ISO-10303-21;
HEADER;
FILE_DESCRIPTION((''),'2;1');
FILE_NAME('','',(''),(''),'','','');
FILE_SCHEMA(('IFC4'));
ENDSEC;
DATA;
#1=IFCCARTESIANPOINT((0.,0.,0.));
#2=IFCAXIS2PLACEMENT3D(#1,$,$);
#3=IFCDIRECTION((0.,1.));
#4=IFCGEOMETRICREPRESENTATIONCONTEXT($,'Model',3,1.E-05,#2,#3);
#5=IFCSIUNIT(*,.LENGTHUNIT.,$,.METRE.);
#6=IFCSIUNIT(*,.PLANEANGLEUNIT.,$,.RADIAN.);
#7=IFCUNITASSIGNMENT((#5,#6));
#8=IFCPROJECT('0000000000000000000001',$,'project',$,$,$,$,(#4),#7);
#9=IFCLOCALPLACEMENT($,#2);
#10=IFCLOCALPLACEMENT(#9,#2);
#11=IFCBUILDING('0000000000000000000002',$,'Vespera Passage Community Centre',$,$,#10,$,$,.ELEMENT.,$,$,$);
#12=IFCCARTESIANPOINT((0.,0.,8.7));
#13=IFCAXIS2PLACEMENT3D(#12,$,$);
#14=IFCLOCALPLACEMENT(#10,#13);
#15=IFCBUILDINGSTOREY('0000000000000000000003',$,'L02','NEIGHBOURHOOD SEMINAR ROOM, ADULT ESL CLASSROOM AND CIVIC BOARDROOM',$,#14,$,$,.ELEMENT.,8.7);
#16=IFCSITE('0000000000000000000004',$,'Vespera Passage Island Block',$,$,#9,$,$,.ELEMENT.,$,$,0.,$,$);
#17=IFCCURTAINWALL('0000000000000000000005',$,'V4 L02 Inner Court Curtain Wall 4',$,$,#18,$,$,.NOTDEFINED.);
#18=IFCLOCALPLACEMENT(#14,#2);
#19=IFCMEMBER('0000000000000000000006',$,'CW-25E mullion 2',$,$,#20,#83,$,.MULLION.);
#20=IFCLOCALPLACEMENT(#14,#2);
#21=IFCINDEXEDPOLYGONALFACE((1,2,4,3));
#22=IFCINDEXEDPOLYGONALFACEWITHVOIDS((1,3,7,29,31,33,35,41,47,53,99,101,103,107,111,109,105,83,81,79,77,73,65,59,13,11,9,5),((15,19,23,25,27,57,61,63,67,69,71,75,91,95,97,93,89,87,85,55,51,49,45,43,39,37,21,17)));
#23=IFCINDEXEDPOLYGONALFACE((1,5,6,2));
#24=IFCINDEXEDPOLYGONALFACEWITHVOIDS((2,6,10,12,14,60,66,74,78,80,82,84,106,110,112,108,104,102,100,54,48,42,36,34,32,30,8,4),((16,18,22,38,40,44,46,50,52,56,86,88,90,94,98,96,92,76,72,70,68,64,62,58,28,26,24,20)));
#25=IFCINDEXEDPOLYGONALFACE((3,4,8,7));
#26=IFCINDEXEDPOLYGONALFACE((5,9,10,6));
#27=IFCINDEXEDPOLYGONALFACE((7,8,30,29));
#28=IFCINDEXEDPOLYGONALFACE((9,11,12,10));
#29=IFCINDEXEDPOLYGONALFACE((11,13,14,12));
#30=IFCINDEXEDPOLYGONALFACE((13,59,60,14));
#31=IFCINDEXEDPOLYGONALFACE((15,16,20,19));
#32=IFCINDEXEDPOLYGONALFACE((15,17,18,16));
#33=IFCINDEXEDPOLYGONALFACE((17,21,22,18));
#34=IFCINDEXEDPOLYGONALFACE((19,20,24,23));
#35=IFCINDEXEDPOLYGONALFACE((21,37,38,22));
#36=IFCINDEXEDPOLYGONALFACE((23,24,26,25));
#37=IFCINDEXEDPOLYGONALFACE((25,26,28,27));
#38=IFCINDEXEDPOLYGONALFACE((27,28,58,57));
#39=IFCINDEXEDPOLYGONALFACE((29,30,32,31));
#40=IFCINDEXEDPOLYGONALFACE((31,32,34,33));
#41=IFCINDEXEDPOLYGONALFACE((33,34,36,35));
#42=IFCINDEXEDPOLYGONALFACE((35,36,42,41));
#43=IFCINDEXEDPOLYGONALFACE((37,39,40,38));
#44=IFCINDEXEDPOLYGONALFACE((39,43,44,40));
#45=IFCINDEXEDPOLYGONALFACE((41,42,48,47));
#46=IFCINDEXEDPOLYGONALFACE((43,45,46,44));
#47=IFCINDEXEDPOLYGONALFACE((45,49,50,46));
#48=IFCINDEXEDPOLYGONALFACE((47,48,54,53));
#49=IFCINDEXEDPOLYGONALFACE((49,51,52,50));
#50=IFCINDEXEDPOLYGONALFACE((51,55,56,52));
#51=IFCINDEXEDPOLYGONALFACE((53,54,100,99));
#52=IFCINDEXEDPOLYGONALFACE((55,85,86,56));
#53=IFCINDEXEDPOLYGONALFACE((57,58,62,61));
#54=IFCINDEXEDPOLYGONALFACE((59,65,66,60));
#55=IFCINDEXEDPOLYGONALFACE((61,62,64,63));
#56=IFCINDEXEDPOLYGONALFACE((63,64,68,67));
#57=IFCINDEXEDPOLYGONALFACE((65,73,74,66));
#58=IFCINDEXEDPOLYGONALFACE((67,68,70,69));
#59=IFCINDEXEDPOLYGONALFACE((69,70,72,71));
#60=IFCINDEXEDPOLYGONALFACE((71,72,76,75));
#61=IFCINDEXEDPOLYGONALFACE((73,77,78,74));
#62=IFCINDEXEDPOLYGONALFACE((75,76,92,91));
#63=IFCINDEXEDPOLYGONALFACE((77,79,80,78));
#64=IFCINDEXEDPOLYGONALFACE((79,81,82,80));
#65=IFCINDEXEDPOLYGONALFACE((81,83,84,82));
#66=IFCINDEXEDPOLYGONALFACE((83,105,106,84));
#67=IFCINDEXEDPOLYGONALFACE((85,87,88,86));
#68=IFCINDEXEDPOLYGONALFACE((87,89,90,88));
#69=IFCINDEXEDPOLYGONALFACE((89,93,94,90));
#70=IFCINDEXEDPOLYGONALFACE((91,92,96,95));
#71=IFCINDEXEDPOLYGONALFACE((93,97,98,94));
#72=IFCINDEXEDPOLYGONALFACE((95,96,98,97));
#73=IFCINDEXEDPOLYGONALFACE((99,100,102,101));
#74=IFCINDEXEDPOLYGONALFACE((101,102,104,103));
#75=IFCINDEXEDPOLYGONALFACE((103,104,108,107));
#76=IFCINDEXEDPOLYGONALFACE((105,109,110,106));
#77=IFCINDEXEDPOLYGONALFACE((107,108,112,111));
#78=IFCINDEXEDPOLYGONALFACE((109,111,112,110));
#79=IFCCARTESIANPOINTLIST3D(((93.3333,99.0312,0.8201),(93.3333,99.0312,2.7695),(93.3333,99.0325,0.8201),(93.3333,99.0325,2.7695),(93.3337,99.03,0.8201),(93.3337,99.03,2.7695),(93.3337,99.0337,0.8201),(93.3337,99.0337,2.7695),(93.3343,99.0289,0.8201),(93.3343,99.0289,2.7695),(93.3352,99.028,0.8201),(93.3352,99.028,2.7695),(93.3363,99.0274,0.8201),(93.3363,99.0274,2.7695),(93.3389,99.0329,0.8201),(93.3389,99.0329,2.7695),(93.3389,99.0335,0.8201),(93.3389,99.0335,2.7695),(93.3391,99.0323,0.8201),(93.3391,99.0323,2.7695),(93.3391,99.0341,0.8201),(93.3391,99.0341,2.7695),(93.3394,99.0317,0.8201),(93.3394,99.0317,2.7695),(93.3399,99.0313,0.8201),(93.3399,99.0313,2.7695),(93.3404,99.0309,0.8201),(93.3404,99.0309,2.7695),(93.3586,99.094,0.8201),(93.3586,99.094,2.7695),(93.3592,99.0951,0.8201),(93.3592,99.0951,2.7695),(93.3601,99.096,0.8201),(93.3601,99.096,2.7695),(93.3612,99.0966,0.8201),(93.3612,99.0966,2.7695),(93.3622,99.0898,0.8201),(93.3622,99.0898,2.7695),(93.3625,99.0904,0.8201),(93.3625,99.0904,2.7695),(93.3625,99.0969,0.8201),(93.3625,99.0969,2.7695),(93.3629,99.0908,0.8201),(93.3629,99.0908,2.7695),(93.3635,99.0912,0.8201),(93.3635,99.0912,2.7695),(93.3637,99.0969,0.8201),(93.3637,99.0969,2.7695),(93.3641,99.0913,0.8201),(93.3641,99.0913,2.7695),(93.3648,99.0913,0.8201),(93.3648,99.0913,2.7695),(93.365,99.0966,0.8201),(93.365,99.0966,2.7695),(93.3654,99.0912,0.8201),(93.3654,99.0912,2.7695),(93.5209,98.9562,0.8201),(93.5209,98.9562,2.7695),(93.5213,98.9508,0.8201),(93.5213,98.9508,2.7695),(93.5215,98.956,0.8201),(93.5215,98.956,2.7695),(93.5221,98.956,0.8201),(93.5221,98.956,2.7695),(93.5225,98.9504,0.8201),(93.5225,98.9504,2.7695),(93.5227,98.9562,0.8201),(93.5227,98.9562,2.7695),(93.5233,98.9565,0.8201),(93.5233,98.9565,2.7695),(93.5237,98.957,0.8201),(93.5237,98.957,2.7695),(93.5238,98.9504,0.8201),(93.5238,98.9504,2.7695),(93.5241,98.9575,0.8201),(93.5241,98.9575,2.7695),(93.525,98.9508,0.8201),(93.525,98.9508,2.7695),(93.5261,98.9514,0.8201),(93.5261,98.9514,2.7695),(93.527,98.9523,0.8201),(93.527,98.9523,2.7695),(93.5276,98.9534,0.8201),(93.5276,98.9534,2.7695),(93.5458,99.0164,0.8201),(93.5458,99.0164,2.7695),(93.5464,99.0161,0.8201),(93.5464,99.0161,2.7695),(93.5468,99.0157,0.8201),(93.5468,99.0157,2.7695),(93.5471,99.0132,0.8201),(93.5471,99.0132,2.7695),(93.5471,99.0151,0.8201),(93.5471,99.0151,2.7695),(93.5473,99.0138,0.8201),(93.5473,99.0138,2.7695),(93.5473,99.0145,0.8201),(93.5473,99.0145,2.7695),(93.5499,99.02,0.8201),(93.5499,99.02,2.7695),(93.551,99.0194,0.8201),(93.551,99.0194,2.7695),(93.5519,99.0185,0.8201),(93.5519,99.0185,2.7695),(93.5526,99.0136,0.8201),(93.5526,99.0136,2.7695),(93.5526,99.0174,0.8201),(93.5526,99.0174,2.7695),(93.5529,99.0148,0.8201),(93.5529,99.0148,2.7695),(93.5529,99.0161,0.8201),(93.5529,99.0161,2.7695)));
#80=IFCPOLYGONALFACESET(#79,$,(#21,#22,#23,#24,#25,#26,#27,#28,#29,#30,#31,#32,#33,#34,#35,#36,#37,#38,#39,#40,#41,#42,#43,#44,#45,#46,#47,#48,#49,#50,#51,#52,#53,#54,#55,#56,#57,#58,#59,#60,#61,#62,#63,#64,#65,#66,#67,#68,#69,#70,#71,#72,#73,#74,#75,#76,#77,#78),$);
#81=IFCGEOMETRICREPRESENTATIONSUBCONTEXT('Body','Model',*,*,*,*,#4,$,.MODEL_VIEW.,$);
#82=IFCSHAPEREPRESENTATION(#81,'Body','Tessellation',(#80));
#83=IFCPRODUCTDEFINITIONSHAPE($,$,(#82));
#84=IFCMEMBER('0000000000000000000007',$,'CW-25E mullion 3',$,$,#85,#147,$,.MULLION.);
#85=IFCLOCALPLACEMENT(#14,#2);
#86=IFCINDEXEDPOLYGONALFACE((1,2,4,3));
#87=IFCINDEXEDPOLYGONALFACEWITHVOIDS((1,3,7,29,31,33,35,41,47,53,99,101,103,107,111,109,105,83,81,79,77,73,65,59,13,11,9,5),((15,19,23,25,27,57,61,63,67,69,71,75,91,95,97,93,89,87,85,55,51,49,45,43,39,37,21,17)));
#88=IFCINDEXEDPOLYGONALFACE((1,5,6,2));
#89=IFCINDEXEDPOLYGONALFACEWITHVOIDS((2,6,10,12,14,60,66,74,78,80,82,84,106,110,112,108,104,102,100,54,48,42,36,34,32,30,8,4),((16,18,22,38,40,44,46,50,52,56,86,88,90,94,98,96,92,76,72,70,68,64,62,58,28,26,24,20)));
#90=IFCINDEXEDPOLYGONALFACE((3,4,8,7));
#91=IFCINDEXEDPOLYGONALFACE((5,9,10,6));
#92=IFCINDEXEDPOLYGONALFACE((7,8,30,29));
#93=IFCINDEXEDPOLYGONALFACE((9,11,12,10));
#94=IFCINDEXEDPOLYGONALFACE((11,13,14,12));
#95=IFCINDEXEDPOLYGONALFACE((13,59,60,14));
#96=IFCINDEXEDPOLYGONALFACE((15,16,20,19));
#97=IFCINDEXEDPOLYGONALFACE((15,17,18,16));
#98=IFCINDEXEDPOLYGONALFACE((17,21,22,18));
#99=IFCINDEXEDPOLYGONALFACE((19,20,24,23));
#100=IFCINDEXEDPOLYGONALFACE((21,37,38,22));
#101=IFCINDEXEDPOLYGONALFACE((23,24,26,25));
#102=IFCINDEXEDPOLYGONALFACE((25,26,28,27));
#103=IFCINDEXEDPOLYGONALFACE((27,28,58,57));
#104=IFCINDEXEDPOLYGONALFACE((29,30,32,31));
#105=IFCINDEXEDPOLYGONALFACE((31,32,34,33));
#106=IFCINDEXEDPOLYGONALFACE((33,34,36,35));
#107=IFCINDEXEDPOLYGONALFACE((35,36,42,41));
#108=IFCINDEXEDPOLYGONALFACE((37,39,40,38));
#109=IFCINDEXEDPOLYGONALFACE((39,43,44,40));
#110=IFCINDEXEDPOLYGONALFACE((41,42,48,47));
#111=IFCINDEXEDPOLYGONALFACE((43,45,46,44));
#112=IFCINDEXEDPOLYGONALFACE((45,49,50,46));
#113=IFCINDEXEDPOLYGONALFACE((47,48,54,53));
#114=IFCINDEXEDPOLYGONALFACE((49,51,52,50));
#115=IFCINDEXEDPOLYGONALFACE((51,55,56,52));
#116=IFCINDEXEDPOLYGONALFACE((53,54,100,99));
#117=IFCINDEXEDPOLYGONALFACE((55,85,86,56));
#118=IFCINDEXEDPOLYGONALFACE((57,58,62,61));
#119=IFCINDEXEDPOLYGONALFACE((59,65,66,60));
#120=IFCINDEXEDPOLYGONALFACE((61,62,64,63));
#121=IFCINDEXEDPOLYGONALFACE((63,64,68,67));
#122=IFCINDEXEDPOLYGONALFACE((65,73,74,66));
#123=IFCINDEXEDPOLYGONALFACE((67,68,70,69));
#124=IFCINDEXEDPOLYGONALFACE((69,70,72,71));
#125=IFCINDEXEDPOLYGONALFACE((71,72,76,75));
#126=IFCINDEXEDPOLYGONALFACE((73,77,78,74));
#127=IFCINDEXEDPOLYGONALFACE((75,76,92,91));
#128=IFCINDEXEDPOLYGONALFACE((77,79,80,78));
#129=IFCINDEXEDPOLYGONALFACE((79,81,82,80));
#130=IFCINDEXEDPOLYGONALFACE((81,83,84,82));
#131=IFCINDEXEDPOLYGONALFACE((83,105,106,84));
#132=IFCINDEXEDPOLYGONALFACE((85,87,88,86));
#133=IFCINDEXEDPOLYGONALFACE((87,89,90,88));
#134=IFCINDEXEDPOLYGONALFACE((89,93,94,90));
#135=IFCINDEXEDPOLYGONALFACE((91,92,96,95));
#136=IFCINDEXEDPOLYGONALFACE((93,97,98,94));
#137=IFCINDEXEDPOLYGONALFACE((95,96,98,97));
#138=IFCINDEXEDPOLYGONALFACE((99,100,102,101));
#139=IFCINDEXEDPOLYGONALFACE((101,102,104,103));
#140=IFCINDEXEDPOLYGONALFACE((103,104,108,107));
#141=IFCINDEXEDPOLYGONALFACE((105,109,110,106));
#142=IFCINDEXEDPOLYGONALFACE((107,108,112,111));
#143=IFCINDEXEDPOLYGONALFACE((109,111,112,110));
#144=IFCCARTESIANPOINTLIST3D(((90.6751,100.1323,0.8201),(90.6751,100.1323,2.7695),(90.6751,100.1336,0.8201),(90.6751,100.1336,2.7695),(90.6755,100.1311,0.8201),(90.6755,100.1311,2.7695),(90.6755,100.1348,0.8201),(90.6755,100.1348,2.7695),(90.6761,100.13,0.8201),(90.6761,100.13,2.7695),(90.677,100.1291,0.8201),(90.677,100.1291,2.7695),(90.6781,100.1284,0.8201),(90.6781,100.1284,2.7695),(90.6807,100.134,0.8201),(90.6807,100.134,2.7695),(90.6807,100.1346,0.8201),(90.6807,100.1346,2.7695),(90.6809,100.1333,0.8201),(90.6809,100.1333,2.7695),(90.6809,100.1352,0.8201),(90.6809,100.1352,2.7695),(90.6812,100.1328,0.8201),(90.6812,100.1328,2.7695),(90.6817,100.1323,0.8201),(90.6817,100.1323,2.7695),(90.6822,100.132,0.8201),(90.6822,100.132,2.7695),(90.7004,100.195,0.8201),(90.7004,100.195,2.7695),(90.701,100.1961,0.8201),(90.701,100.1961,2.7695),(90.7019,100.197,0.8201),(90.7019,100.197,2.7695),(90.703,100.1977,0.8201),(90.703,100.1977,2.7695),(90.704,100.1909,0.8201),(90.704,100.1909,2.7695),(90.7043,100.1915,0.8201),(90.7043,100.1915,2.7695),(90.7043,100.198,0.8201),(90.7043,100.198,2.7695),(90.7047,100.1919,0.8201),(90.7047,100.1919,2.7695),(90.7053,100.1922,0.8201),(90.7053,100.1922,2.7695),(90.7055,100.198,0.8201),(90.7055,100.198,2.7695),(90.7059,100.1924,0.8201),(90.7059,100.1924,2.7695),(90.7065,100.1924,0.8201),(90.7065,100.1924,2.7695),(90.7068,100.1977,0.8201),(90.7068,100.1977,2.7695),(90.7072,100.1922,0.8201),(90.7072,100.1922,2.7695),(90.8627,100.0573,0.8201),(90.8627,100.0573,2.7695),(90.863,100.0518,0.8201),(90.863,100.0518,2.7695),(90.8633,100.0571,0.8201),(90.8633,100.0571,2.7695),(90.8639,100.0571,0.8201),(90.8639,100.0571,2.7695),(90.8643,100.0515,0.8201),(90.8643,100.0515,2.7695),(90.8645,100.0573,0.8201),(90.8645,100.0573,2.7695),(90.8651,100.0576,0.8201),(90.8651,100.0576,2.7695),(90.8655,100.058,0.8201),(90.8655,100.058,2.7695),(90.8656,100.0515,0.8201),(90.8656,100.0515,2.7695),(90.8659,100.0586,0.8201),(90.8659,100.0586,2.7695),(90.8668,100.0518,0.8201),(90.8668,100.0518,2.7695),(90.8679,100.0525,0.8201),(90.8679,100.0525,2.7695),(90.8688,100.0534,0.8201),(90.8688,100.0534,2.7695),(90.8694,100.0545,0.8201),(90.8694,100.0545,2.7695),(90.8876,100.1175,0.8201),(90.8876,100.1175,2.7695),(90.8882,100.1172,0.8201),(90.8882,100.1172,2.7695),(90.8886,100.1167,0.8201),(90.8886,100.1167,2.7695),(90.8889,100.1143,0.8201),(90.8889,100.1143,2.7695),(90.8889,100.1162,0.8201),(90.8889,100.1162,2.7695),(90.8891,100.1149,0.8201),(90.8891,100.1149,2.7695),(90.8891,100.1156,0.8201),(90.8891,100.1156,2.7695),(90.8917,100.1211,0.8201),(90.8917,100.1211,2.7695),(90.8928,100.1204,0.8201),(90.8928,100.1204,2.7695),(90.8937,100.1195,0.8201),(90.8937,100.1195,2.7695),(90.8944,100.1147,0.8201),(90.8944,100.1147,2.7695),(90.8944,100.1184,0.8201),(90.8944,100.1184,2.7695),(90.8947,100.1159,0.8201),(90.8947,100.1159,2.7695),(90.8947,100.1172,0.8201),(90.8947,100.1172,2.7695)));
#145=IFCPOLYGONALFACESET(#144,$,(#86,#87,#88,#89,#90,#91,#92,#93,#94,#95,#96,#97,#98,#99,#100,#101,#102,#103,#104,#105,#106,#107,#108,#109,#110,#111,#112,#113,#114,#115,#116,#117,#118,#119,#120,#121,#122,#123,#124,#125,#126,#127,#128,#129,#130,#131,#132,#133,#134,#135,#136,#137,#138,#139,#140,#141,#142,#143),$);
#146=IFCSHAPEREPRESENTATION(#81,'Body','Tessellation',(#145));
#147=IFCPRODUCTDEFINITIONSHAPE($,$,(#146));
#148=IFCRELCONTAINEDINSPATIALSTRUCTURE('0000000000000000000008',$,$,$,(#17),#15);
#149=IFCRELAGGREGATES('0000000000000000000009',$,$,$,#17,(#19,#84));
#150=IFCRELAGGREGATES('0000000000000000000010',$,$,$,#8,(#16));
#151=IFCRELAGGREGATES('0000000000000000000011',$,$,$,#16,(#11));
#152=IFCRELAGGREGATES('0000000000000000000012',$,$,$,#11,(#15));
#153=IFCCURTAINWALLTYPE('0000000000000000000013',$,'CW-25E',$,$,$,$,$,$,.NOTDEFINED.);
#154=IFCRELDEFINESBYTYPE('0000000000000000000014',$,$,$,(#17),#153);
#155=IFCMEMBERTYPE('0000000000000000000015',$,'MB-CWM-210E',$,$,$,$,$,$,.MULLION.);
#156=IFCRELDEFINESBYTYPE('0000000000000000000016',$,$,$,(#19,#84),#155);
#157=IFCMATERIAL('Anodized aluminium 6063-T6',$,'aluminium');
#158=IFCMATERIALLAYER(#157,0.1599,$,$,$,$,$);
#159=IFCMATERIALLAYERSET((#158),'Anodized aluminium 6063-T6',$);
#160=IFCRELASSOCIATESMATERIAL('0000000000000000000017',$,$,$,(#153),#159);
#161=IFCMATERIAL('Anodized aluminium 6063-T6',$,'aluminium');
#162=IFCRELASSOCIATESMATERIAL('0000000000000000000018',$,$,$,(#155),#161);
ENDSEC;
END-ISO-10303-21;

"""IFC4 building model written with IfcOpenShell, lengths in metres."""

from ifc_helpers import new_model, si_unit, direction, frame, origin, origin_2d, place, context, subcontext, project, spatial, hollow_rectangle, extrude, material, layer, layer_set, material_profile, profile_set, type_object, element, aggregate, save


model = new_model("IFC4")

# Units and contexts
model_context = context("Model", 3, precision=1e-05, world=origin(), true_north=direction((0.0, 1.0)))
body_context = subcontext(model_context, "Body", "Model", "MODEL_VIEW")
ifc_project = project(units=[si_unit("LENGTHUNIT", "METRE"), si_unit("PLANEANGLEUNIT", "RADIAN")], contexts=[model_context])

# Site, building, storey
site_placement = place(None, origin())
site = spatial("IfcSite", under=ifc_project, at=site_placement, Name="Vespera Passage Island Block", CompositionType="ELEMENT", RefElevation=0.0)
building_placement = place(site_placement, origin())
building = spatial("IfcBuilding", under=site, at=building_placement, Name="Vespera Passage Community Centre", CompositionType="ELEMENT")
storey_placement = place(building_placement, frame((0.0, 0.0, 8.7)))
storey = spatial("IfcBuildingStorey", under=building, at=storey_placement, Name="L02", Description="NEIGHBOURHOOD SEMINAR ROOM, ADULT ESL CLASSROOM AND CIVIC BOARDROOM", CompositionType="ELEMENT", Elevation=8.7)

# Curtain wall, members
ifc_material_1 = material(Name="Anodized aluminium 6063-T6", Category="aluminium")
ifc_layer_1 = layer(ifc_material_1, 0.1599)
ifc_layer_set_1 = layer_set([ifc_layer_1], Name="Anodized aluminium 6063-T6")
curtain_wall_type_1 = type_object("IfcCurtainWallType", Name="CW-25E", PredefinedType="NOTDEFINED", material=ifc_layer_set_1)
curtain_wall_1_placement = place(storey_placement, origin())
curtain_wall_1 = element("IfcCurtainWall", 1, at=curtain_wall_1_placement, inside=storey, type_object=curtain_wall_type_1, Name="V4 L02 Inner Court Curtain Wall 4", PredefinedType="NOTDEFINED")
ifc_material_2 = material(Name="Anodized aluminium 6063-T6", Category="aluminium")
ifc_material_profile_1 = material_profile(ifc_material_2, hollow_rectangle(XDim=0.075, YDim=0.21, WallThickness=0.0049, InnerFilletRadius=0.0024, OuterFilletRadius=0.0049, at=origin_2d()), Name="ALU210X75X5")
ifc_profile_set_1 = profile_set([ifc_material_profile_1], Name="Anodized aluminium 6063-T6")
member_type_1 = type_object("IfcMemberType", Name="MB-CWM-210E", PredefinedType="MULLION", material=ifc_profile_set_1)
member_1_placement = place(storey_placement, frame((93.4431, 99.0237, 0.8201), z_axis=(0.0, 0.0, 1.0), x_axis=(-0.38269, -0.923877, 0.0)))
member_1 = element("IfcMember", 2, at=member_1_placement, type_object=member_type_1, Name="CW-25E mullion 2", PredefinedType="MULLION", context=body_context, shape_type="SweptSolid", body=[
    extrude(hollow_rectangle(XDim=0.075, YDim=0.21, WallThickness=0.0049, InnerFilletRadius=0.0024, OuterFilletRadius=0.0049, at=origin_2d()), origin(), (0.0, 0.0, 1.0), 1.9495),
])
member_2_placement = place(storey_placement, frame((90.7849, 100.1248, 0.8201), z_axis=(0.0, 0.0, 1.0), x_axis=(-0.38269, -0.923877, 0.0)))
member_2 = element("IfcMember", 3, at=member_2_placement, type_object=member_type_1, Name="CW-25E mullion 3", PredefinedType="MULLION", context=body_context, shape_type="SweptSolid", body=[
    extrude(hollow_rectangle(XDim=0.075, YDim=0.21, WallThickness=0.0049, InnerFilletRadius=0.0024, OuterFilletRadius=0.0049, at=origin_2d()), origin(), (0.0, 0.0, 1.0), 1.9495),
])

aggregate(curtain_wall_1, [member_1, member_2])

save(model, "model.ifc")
